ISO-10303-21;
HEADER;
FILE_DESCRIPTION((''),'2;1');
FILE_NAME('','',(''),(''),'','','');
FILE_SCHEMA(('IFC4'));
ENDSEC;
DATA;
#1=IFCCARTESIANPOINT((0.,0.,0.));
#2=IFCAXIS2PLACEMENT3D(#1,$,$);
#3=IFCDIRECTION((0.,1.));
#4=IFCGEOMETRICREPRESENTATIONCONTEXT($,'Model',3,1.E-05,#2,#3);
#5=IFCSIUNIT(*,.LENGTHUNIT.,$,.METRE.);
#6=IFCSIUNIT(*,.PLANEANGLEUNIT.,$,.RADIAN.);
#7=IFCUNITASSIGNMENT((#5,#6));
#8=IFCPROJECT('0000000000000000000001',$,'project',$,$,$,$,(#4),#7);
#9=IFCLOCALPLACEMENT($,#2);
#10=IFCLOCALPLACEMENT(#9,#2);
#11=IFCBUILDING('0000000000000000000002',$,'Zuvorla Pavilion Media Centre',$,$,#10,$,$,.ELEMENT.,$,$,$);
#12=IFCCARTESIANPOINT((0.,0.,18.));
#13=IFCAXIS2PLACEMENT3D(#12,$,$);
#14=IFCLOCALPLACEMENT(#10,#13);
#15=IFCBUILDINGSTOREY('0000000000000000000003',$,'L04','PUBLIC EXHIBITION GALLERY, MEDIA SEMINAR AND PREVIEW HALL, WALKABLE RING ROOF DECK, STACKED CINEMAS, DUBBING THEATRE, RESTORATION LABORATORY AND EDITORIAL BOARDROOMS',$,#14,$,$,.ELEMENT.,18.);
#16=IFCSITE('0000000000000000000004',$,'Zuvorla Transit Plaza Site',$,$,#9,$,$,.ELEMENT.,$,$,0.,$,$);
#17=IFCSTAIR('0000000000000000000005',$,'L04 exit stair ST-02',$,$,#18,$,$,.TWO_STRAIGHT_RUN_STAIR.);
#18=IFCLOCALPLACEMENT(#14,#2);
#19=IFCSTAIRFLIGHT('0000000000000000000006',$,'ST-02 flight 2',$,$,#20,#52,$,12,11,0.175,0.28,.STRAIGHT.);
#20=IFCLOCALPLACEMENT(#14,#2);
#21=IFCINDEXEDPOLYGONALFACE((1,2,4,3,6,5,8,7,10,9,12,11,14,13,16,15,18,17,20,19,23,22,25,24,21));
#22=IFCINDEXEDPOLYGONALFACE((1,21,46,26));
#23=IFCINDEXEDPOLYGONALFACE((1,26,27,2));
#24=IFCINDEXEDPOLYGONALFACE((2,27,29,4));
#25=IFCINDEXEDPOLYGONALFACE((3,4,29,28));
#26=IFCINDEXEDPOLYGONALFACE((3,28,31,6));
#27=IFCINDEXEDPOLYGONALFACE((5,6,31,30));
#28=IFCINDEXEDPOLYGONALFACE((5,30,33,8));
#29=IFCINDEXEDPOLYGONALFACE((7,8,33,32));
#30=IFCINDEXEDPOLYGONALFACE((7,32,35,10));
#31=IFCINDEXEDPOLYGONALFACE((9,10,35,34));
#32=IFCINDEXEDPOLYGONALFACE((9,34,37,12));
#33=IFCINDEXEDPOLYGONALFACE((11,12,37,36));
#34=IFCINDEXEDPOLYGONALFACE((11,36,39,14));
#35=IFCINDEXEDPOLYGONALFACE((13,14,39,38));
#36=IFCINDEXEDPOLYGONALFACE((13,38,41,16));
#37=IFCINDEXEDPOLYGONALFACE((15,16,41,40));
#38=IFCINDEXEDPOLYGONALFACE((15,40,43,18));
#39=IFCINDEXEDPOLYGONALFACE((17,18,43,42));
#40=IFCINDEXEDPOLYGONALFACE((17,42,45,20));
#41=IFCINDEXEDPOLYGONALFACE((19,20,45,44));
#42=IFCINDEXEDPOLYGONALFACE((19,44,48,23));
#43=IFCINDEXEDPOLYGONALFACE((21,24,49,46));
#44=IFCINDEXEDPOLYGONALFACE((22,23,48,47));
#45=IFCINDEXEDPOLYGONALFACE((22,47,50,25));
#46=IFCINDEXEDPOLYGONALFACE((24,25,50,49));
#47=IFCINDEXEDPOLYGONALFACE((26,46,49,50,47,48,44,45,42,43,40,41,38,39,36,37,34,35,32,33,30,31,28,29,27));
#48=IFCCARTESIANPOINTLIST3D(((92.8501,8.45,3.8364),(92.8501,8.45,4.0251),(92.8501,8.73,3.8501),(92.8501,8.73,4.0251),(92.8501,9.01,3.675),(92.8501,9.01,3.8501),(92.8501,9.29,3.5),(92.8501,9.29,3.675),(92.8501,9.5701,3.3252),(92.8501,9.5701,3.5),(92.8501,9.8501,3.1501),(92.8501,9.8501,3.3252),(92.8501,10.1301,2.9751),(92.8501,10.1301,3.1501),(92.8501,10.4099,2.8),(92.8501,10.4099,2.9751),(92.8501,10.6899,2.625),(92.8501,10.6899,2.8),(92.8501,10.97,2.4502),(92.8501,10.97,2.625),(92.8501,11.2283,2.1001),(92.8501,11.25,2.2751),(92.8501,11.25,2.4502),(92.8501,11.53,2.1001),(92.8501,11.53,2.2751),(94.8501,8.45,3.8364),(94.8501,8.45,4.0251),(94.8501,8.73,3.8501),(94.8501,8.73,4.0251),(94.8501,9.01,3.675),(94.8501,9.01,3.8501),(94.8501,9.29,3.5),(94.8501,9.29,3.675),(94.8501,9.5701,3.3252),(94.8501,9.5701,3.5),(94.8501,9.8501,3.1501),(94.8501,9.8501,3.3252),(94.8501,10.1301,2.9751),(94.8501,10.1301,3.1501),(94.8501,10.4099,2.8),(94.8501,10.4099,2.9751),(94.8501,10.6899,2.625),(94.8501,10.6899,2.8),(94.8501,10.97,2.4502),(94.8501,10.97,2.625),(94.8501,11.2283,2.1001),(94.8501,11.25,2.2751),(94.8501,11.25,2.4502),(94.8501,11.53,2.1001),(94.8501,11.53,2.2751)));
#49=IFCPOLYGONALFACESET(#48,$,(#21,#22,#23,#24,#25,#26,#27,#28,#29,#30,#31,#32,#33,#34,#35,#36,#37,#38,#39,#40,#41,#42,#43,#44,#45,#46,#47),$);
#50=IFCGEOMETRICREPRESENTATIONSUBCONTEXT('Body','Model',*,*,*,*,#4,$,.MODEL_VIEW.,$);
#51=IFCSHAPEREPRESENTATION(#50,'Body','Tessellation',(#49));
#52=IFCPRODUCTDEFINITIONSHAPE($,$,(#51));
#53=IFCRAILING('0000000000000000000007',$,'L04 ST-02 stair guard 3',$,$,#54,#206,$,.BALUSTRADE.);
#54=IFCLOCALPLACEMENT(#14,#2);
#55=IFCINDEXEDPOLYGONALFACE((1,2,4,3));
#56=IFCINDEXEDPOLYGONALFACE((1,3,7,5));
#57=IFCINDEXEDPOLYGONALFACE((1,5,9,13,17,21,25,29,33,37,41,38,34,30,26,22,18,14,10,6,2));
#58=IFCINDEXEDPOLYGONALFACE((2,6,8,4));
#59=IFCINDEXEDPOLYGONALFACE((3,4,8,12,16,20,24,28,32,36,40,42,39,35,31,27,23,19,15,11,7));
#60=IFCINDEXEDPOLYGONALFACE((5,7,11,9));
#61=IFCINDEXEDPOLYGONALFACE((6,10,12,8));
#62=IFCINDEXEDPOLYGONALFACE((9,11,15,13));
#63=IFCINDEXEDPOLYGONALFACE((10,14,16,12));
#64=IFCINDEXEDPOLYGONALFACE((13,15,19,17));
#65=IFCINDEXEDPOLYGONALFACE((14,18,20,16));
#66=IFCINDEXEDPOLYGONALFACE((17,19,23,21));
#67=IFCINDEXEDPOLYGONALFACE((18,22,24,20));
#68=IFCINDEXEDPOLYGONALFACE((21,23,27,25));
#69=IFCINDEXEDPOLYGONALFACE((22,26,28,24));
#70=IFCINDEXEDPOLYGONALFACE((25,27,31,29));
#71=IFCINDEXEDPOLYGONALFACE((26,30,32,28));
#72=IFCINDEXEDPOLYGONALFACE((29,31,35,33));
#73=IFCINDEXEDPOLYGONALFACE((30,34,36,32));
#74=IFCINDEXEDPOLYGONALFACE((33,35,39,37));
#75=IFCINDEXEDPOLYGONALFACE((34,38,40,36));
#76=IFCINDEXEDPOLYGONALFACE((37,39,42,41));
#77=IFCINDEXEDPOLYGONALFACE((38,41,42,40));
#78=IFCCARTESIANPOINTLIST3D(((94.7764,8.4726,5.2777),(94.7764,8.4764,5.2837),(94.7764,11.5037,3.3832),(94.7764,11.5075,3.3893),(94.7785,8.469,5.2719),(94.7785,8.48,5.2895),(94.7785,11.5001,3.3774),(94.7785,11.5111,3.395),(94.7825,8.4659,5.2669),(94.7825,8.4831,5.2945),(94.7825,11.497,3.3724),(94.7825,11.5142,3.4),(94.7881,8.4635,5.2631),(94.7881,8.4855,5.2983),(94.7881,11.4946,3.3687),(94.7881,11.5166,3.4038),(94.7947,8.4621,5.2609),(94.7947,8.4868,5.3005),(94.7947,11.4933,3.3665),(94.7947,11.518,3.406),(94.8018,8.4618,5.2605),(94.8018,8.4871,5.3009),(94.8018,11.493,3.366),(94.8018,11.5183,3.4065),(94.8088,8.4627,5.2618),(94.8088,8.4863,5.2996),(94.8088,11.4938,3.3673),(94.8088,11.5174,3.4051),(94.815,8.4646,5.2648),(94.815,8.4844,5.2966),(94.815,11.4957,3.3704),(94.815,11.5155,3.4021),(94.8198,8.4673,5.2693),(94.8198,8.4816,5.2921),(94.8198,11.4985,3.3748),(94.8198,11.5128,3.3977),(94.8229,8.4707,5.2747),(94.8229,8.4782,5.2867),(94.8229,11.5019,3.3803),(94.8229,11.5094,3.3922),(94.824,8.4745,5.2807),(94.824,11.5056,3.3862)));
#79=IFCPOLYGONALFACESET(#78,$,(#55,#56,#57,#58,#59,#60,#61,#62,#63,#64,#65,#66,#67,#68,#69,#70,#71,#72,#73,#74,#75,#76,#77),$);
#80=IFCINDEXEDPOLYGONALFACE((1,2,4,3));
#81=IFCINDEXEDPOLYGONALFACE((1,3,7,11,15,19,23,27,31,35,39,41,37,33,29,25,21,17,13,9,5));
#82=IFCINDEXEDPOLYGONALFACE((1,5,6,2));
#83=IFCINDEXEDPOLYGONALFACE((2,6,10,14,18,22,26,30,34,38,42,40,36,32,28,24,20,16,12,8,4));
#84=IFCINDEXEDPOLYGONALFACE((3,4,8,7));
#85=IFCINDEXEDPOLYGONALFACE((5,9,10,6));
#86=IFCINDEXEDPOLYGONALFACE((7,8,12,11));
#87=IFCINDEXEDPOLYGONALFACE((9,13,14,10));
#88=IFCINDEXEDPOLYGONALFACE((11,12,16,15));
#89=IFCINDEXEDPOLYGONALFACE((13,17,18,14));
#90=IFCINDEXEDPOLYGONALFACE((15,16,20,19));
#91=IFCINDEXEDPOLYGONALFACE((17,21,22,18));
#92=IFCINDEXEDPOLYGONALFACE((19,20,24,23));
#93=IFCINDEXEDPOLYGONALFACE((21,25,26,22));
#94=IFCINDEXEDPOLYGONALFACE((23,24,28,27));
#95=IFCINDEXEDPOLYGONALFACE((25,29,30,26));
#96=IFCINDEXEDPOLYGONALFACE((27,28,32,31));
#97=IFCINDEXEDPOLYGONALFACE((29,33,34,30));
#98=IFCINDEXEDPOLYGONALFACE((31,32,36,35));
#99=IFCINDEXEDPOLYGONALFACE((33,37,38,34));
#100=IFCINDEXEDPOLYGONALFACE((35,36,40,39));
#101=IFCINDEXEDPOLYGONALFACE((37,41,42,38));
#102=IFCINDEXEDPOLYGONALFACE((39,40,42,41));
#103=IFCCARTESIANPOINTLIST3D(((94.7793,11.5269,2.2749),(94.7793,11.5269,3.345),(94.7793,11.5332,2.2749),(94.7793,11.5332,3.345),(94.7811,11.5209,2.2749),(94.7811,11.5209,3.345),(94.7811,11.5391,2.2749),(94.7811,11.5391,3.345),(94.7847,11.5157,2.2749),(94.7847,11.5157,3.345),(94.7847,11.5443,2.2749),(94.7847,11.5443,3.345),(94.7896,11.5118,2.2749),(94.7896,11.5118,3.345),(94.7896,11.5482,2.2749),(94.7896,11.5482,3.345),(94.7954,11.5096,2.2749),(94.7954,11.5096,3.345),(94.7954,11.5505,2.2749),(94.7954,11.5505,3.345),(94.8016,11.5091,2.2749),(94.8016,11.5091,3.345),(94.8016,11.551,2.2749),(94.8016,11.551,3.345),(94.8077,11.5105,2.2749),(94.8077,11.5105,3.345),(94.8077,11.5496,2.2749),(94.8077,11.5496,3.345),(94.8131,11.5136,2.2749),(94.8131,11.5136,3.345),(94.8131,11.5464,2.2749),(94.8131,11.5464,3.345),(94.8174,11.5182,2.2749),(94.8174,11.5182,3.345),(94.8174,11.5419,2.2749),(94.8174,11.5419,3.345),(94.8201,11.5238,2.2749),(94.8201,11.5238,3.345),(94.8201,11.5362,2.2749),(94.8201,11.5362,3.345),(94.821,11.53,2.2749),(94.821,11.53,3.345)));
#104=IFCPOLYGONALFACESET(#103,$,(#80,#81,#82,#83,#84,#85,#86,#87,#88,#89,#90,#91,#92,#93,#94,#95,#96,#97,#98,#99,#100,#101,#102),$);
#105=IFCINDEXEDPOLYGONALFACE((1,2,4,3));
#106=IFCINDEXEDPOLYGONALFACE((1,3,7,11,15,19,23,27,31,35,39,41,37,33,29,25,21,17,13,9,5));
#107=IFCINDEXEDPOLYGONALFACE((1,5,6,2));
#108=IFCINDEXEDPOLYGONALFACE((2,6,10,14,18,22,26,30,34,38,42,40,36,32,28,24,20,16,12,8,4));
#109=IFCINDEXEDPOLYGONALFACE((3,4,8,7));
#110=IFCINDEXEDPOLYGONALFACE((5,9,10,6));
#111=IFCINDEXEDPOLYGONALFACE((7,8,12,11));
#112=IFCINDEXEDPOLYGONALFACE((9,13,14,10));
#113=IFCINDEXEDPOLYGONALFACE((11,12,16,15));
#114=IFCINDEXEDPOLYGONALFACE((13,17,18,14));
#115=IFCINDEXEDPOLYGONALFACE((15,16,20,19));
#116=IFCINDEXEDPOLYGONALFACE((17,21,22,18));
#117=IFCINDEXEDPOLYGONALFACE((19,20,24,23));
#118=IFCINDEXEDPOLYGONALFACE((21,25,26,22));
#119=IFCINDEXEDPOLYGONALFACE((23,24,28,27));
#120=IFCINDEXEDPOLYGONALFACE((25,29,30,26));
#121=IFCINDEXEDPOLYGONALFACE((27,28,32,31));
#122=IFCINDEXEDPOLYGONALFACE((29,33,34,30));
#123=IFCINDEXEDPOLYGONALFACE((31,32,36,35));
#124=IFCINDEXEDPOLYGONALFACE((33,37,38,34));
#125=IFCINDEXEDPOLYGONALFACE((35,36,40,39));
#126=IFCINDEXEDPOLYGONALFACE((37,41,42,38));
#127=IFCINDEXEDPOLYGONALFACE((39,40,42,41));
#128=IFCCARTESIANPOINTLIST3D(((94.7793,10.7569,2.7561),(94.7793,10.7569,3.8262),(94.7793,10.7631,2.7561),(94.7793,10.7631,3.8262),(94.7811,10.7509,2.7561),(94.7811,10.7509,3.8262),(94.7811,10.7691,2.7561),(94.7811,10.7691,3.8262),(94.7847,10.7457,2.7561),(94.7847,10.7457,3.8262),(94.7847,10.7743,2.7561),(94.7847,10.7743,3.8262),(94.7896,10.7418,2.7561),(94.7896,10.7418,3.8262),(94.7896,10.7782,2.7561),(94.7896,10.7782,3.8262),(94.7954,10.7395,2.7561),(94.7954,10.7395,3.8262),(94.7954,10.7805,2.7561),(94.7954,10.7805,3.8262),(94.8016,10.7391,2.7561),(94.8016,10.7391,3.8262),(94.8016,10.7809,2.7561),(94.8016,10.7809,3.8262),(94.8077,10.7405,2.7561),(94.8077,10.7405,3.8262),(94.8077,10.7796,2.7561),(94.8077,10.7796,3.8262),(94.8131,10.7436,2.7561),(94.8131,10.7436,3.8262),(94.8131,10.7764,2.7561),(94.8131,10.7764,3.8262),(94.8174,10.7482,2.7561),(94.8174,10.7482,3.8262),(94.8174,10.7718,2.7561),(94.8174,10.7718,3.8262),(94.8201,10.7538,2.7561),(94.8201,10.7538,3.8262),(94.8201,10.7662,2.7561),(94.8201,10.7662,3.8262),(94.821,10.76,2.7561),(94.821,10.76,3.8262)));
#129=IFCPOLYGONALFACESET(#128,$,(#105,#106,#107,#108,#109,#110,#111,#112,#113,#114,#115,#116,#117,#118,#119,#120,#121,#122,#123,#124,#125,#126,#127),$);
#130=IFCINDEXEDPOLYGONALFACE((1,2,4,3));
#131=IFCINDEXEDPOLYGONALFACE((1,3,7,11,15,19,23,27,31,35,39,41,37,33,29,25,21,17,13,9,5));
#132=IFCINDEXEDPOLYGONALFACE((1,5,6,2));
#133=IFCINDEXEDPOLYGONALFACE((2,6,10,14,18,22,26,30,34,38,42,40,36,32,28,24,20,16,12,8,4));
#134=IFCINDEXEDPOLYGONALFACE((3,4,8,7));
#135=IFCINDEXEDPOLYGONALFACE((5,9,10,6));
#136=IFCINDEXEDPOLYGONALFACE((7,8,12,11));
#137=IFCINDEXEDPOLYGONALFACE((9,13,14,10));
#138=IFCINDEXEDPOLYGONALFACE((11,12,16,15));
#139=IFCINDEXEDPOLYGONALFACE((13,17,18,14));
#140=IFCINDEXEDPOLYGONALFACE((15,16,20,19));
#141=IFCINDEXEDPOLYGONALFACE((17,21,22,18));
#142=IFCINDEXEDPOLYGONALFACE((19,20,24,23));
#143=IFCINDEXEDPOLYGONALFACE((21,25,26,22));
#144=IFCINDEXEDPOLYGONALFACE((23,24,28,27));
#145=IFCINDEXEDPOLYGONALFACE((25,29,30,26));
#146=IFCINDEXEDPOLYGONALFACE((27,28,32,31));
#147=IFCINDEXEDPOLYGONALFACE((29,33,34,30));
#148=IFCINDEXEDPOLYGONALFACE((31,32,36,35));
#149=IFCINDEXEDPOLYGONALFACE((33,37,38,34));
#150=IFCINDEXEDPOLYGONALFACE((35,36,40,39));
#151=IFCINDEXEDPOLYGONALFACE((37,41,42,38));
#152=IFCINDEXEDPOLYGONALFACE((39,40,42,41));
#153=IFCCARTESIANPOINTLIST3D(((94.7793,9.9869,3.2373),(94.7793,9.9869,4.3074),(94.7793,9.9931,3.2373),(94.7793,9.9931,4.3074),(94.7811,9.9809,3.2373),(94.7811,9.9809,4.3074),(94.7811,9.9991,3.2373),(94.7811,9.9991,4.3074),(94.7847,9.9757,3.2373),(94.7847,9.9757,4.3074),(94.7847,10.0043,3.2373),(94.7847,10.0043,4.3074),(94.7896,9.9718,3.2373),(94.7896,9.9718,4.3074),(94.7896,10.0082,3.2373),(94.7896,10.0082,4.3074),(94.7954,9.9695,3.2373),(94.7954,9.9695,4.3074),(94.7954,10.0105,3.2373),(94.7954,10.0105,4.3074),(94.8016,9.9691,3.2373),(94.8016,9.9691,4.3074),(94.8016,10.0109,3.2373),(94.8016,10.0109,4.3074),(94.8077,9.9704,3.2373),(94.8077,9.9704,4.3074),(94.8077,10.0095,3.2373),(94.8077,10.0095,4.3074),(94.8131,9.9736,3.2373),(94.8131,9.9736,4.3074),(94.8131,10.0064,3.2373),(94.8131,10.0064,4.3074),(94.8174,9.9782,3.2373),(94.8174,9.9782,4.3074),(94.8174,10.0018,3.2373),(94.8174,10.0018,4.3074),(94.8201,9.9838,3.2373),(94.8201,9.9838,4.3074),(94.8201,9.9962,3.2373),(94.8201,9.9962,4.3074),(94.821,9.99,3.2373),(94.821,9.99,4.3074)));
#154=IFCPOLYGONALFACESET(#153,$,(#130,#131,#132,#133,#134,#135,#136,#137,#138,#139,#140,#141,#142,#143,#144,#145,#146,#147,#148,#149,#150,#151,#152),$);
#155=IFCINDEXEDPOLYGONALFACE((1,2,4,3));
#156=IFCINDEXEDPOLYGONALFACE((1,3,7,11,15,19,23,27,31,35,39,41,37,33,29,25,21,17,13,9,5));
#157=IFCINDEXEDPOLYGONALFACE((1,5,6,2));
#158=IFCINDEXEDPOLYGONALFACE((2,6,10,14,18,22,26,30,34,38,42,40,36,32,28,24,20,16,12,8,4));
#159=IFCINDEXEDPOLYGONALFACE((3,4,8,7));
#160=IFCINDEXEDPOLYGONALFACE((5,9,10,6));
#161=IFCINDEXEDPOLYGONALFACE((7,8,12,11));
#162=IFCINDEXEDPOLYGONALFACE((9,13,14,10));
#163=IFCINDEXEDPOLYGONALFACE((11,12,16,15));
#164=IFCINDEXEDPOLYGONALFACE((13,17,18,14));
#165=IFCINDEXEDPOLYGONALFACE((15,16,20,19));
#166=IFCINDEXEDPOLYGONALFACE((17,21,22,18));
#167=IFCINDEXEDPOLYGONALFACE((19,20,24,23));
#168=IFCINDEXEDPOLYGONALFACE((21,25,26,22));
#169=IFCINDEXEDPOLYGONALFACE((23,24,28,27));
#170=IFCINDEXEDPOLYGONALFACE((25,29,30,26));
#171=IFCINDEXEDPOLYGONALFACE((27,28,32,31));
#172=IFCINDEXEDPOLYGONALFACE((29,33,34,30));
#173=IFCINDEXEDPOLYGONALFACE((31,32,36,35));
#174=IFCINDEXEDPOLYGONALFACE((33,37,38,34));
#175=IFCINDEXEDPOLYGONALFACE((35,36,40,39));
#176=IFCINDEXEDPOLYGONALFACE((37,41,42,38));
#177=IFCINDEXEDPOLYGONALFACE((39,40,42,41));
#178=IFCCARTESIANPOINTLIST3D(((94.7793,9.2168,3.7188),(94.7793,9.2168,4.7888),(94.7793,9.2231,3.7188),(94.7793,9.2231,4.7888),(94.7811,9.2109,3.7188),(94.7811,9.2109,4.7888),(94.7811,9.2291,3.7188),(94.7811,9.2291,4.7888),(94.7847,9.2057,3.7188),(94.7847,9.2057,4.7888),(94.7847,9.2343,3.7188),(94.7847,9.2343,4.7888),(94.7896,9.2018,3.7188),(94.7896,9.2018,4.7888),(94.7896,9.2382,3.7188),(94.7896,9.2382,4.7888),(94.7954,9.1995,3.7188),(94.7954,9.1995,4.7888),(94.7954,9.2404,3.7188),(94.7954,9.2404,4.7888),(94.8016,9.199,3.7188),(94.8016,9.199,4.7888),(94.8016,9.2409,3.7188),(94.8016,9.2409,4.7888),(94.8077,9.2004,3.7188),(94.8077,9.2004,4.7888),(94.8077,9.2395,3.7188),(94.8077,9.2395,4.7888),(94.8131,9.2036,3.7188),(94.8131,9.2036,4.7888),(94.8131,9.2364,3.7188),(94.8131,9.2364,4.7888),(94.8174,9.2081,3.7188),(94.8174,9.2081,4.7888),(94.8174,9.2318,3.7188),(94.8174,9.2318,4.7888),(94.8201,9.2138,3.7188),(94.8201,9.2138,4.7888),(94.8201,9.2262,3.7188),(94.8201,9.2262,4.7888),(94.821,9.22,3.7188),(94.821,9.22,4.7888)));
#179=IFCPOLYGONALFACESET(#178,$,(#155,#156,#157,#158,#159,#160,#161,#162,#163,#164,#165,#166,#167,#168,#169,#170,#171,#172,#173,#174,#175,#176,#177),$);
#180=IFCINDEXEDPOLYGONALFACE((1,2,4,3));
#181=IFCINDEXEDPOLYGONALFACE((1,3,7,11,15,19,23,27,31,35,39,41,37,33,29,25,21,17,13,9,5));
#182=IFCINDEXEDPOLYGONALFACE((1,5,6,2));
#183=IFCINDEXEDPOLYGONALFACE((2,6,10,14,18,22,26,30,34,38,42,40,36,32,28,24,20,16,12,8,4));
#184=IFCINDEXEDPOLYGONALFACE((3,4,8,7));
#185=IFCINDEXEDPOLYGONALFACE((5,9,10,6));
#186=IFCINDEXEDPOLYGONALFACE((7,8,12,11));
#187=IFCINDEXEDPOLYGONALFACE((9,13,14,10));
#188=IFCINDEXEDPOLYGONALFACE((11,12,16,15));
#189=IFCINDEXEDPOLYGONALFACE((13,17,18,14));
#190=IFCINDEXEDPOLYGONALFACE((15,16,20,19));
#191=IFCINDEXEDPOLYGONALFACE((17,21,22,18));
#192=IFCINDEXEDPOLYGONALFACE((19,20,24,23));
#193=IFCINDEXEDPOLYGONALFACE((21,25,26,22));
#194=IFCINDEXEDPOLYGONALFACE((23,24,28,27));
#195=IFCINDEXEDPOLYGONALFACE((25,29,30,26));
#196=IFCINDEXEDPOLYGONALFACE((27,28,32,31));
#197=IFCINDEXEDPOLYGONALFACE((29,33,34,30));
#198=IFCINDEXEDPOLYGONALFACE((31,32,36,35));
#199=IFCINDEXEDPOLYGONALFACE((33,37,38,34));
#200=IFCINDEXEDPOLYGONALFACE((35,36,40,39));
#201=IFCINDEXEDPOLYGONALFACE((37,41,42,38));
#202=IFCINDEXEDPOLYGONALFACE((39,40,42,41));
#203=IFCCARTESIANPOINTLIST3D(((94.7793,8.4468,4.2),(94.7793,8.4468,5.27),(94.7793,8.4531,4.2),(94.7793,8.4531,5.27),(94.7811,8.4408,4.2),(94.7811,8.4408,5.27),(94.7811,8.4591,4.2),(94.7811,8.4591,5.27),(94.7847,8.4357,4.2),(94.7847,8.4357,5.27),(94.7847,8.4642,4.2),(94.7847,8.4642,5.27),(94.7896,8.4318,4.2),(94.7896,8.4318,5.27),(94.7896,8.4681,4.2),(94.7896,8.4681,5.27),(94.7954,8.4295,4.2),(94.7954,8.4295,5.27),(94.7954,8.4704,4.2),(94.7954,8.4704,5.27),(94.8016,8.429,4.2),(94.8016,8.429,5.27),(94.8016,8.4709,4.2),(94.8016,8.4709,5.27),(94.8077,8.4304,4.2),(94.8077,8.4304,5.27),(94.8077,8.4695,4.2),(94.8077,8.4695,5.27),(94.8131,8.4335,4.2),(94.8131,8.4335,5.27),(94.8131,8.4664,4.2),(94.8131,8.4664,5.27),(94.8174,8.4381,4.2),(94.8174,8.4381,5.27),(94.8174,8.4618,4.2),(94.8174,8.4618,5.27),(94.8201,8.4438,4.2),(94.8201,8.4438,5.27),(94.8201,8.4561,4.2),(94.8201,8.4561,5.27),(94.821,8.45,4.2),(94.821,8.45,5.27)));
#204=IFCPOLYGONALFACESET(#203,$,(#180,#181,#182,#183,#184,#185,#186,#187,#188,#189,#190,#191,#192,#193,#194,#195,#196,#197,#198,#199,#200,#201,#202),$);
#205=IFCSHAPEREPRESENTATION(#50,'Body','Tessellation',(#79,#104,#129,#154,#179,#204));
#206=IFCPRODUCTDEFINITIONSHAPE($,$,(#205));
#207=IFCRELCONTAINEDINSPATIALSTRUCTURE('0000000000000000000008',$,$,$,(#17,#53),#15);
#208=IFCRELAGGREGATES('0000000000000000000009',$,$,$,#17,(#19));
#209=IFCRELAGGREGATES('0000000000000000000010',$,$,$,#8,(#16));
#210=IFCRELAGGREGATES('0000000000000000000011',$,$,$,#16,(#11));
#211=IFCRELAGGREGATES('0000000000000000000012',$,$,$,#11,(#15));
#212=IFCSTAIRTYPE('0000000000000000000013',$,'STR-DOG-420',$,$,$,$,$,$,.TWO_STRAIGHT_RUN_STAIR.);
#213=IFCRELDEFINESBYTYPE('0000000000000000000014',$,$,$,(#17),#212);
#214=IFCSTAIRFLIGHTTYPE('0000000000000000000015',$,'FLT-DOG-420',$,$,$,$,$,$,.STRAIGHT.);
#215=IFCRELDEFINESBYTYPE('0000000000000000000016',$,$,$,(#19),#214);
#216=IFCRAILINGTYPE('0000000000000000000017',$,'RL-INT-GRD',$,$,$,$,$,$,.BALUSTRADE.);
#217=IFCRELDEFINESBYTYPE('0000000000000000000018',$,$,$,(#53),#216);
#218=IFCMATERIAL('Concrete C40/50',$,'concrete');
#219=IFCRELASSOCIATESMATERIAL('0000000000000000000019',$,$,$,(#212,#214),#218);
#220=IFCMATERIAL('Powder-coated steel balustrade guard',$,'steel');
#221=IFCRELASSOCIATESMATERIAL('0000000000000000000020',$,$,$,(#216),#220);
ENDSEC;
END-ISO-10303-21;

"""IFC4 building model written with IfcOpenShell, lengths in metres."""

from ifc_helpers import new_model, si_unit, direction, frame, origin, origin_2d, place, context, subcontext, project, spatial, polyline, circle, outline, extrude, material, type_object, element, aggregate, save


model = new_model("IFC4")

# Units and contexts
model_context = context("Model", 3, precision=1e-05, world=origin(), true_north=direction((0.0, 1.0)))
body_context = subcontext(model_context, "Body", "Model", "MODEL_VIEW")
ifc_project = project(units=[si_unit("LENGTHUNIT", "METRE"), si_unit("PLANEANGLEUNIT", "RADIAN")], contexts=[model_context])

# Site, building, storey
site_placement = place(None, origin())
site = spatial("IfcSite", under=ifc_project, at=site_placement, Name="Zuvorla Transit Plaza Site", CompositionType="ELEMENT", RefElevation=0.0)
building_placement = place(site_placement, origin())
building = spatial("IfcBuilding", under=site, at=building_placement, Name="Zuvorla Pavilion Media Centre", CompositionType="ELEMENT")
storey_placement = place(building_placement, frame((0.0, 0.0, 18.0)))
storey = spatial("IfcBuildingStorey", under=building, at=storey_placement, Name="L04", Description="PUBLIC EXHIBITION GALLERY, MEDIA SEMINAR AND PREVIEW HALL, WALKABLE RING ROOF DECK, STACKED CINEMAS, DUBBING THEATRE, RESTORATION LABORATORY AND EDITORIAL BOARDROOMS", CompositionType="ELEMENT", Elevation=18.0)

# Shared definitions
ifc_material_1 = material(Name="Concrete C40/50", Category="concrete")

# Stair, stair flight
stair_type = type_object("IfcStairType", Name="STR-DOG-420", PredefinedType="TWO_STRAIGHT_RUN_STAIR", material=ifc_material_1)
stair_placement = place(storey_placement, origin())
stair = element("IfcStair", 1, at=stair_placement, inside=storey, type_object=stair_type, Name="L04 exit stair ST-02", PredefinedType="TWO_STRAIGHT_RUN_STAIR")
stair_flight_type = type_object("IfcStairFlightType", Name="FLT-DOG-420", PredefinedType="STRAIGHT", material=ifc_material_1)
stair_flight_placement = place(storey_placement, frame((93.8501, 11.53, 2.1001), z_axis=(0.0, 0.0, 1.0), x_axis=(0.0, -1.0, 0.0)))
stair_flight = element("IfcStairFlight", 2, at=stair_flight_placement, type_object=stair_flight_type, Name="ST-02 flight 2", NumberOfRisers=12, NumberOfTreads=11, PredefinedType="STRAIGHT", RiserHeight=0.175, TreadLength=0.28, context=body_context, shape_type="SweptSolid", body=[
    extrude(outline(polyline([(0.0, 0.0), (0.0, 0.175), (0.28, 0.175), (0.28, 0.3501), (0.5601, 0.3501), (0.5601, 0.5249), (0.8401, 0.5249), (0.8401, 0.7), (1.1201, 0.7), (1.1201, 0.875), (1.3999, 0.875), (1.3999, 1.05), (1.6799, 1.05), (1.6799, 1.2251), (1.96, 1.2251), (1.96, 1.3999), (2.24, 1.3999), (2.24, 1.575), (2.52, 1.575), (2.52, 1.75), (2.8, 1.75), (2.8, 1.925), (3.0801, 1.925), (3.0801, 2.1001), (3.0801, 1.7363), (0.3018, 0.0), (0.0, 0.0)])), frame((0.0, 1.0, 0.0), z_axis=(0.0, -1.0, 0.0), x_axis=(1.0, 0.0, 0.0)), (0.0, 0.0, 1.0), 2.0),
])
aggregate(stair, [stair_flight])

# Railing
ifc_material_2 = material(Name="Powder-coated steel balustrade guard", Category="steel")
railing_type_1 = type_object("IfcRailingType", Name="RL-INT-GRD", PredefinedType="BALUSTRADE", material=ifc_material_2)
railing_1_placement = place(storey_placement, frame((94.8, 11.53, 2.2749)))
element("IfcRailing", 3, at=railing_1_placement, inside=storey, type_object=railing_type_1, Name="L04 ST-02 stair guard 3", PredefinedType="BALUSTRADE", context=body_context, shape_type="SweptSolid", body=[
    extrude(circle(Radius=0.0239, at=origin_2d()), frame((0.0, -0.0244, 1.1113), z_axis=(0.0, -0.847998, 0.529999), x_axis=(1.0, 0.0, 0.0)), (0.0, 0.0, 1.0), 3.5745),
    extrude(circle(Radius=0.021, at=origin_2d()), origin(), (0.0, 0.0, 1.0), 1.0701),
    extrude(circle(Radius=0.021, at=origin_2d()), frame((0.0, -0.77, 0.4812)), (0.0, 0.0, 1.0), 1.0701),
    extrude(circle(Radius=0.021, at=origin_2d()), frame((0.0, -1.54, 0.9624)), (0.0, 0.0, 1.0), 1.0701),
    extrude(circle(Radius=0.021, at=origin_2d()), frame((0.0, -2.3101, 1.4438)), (0.0, 0.0, 1.0), 1.0701),
    extrude(circle(Radius=0.021, at=origin_2d()), frame((0.0, -3.0801, 1.925)), (0.0, 0.0, 1.0), 1.0701),
])

save(model, "model.ifc")
